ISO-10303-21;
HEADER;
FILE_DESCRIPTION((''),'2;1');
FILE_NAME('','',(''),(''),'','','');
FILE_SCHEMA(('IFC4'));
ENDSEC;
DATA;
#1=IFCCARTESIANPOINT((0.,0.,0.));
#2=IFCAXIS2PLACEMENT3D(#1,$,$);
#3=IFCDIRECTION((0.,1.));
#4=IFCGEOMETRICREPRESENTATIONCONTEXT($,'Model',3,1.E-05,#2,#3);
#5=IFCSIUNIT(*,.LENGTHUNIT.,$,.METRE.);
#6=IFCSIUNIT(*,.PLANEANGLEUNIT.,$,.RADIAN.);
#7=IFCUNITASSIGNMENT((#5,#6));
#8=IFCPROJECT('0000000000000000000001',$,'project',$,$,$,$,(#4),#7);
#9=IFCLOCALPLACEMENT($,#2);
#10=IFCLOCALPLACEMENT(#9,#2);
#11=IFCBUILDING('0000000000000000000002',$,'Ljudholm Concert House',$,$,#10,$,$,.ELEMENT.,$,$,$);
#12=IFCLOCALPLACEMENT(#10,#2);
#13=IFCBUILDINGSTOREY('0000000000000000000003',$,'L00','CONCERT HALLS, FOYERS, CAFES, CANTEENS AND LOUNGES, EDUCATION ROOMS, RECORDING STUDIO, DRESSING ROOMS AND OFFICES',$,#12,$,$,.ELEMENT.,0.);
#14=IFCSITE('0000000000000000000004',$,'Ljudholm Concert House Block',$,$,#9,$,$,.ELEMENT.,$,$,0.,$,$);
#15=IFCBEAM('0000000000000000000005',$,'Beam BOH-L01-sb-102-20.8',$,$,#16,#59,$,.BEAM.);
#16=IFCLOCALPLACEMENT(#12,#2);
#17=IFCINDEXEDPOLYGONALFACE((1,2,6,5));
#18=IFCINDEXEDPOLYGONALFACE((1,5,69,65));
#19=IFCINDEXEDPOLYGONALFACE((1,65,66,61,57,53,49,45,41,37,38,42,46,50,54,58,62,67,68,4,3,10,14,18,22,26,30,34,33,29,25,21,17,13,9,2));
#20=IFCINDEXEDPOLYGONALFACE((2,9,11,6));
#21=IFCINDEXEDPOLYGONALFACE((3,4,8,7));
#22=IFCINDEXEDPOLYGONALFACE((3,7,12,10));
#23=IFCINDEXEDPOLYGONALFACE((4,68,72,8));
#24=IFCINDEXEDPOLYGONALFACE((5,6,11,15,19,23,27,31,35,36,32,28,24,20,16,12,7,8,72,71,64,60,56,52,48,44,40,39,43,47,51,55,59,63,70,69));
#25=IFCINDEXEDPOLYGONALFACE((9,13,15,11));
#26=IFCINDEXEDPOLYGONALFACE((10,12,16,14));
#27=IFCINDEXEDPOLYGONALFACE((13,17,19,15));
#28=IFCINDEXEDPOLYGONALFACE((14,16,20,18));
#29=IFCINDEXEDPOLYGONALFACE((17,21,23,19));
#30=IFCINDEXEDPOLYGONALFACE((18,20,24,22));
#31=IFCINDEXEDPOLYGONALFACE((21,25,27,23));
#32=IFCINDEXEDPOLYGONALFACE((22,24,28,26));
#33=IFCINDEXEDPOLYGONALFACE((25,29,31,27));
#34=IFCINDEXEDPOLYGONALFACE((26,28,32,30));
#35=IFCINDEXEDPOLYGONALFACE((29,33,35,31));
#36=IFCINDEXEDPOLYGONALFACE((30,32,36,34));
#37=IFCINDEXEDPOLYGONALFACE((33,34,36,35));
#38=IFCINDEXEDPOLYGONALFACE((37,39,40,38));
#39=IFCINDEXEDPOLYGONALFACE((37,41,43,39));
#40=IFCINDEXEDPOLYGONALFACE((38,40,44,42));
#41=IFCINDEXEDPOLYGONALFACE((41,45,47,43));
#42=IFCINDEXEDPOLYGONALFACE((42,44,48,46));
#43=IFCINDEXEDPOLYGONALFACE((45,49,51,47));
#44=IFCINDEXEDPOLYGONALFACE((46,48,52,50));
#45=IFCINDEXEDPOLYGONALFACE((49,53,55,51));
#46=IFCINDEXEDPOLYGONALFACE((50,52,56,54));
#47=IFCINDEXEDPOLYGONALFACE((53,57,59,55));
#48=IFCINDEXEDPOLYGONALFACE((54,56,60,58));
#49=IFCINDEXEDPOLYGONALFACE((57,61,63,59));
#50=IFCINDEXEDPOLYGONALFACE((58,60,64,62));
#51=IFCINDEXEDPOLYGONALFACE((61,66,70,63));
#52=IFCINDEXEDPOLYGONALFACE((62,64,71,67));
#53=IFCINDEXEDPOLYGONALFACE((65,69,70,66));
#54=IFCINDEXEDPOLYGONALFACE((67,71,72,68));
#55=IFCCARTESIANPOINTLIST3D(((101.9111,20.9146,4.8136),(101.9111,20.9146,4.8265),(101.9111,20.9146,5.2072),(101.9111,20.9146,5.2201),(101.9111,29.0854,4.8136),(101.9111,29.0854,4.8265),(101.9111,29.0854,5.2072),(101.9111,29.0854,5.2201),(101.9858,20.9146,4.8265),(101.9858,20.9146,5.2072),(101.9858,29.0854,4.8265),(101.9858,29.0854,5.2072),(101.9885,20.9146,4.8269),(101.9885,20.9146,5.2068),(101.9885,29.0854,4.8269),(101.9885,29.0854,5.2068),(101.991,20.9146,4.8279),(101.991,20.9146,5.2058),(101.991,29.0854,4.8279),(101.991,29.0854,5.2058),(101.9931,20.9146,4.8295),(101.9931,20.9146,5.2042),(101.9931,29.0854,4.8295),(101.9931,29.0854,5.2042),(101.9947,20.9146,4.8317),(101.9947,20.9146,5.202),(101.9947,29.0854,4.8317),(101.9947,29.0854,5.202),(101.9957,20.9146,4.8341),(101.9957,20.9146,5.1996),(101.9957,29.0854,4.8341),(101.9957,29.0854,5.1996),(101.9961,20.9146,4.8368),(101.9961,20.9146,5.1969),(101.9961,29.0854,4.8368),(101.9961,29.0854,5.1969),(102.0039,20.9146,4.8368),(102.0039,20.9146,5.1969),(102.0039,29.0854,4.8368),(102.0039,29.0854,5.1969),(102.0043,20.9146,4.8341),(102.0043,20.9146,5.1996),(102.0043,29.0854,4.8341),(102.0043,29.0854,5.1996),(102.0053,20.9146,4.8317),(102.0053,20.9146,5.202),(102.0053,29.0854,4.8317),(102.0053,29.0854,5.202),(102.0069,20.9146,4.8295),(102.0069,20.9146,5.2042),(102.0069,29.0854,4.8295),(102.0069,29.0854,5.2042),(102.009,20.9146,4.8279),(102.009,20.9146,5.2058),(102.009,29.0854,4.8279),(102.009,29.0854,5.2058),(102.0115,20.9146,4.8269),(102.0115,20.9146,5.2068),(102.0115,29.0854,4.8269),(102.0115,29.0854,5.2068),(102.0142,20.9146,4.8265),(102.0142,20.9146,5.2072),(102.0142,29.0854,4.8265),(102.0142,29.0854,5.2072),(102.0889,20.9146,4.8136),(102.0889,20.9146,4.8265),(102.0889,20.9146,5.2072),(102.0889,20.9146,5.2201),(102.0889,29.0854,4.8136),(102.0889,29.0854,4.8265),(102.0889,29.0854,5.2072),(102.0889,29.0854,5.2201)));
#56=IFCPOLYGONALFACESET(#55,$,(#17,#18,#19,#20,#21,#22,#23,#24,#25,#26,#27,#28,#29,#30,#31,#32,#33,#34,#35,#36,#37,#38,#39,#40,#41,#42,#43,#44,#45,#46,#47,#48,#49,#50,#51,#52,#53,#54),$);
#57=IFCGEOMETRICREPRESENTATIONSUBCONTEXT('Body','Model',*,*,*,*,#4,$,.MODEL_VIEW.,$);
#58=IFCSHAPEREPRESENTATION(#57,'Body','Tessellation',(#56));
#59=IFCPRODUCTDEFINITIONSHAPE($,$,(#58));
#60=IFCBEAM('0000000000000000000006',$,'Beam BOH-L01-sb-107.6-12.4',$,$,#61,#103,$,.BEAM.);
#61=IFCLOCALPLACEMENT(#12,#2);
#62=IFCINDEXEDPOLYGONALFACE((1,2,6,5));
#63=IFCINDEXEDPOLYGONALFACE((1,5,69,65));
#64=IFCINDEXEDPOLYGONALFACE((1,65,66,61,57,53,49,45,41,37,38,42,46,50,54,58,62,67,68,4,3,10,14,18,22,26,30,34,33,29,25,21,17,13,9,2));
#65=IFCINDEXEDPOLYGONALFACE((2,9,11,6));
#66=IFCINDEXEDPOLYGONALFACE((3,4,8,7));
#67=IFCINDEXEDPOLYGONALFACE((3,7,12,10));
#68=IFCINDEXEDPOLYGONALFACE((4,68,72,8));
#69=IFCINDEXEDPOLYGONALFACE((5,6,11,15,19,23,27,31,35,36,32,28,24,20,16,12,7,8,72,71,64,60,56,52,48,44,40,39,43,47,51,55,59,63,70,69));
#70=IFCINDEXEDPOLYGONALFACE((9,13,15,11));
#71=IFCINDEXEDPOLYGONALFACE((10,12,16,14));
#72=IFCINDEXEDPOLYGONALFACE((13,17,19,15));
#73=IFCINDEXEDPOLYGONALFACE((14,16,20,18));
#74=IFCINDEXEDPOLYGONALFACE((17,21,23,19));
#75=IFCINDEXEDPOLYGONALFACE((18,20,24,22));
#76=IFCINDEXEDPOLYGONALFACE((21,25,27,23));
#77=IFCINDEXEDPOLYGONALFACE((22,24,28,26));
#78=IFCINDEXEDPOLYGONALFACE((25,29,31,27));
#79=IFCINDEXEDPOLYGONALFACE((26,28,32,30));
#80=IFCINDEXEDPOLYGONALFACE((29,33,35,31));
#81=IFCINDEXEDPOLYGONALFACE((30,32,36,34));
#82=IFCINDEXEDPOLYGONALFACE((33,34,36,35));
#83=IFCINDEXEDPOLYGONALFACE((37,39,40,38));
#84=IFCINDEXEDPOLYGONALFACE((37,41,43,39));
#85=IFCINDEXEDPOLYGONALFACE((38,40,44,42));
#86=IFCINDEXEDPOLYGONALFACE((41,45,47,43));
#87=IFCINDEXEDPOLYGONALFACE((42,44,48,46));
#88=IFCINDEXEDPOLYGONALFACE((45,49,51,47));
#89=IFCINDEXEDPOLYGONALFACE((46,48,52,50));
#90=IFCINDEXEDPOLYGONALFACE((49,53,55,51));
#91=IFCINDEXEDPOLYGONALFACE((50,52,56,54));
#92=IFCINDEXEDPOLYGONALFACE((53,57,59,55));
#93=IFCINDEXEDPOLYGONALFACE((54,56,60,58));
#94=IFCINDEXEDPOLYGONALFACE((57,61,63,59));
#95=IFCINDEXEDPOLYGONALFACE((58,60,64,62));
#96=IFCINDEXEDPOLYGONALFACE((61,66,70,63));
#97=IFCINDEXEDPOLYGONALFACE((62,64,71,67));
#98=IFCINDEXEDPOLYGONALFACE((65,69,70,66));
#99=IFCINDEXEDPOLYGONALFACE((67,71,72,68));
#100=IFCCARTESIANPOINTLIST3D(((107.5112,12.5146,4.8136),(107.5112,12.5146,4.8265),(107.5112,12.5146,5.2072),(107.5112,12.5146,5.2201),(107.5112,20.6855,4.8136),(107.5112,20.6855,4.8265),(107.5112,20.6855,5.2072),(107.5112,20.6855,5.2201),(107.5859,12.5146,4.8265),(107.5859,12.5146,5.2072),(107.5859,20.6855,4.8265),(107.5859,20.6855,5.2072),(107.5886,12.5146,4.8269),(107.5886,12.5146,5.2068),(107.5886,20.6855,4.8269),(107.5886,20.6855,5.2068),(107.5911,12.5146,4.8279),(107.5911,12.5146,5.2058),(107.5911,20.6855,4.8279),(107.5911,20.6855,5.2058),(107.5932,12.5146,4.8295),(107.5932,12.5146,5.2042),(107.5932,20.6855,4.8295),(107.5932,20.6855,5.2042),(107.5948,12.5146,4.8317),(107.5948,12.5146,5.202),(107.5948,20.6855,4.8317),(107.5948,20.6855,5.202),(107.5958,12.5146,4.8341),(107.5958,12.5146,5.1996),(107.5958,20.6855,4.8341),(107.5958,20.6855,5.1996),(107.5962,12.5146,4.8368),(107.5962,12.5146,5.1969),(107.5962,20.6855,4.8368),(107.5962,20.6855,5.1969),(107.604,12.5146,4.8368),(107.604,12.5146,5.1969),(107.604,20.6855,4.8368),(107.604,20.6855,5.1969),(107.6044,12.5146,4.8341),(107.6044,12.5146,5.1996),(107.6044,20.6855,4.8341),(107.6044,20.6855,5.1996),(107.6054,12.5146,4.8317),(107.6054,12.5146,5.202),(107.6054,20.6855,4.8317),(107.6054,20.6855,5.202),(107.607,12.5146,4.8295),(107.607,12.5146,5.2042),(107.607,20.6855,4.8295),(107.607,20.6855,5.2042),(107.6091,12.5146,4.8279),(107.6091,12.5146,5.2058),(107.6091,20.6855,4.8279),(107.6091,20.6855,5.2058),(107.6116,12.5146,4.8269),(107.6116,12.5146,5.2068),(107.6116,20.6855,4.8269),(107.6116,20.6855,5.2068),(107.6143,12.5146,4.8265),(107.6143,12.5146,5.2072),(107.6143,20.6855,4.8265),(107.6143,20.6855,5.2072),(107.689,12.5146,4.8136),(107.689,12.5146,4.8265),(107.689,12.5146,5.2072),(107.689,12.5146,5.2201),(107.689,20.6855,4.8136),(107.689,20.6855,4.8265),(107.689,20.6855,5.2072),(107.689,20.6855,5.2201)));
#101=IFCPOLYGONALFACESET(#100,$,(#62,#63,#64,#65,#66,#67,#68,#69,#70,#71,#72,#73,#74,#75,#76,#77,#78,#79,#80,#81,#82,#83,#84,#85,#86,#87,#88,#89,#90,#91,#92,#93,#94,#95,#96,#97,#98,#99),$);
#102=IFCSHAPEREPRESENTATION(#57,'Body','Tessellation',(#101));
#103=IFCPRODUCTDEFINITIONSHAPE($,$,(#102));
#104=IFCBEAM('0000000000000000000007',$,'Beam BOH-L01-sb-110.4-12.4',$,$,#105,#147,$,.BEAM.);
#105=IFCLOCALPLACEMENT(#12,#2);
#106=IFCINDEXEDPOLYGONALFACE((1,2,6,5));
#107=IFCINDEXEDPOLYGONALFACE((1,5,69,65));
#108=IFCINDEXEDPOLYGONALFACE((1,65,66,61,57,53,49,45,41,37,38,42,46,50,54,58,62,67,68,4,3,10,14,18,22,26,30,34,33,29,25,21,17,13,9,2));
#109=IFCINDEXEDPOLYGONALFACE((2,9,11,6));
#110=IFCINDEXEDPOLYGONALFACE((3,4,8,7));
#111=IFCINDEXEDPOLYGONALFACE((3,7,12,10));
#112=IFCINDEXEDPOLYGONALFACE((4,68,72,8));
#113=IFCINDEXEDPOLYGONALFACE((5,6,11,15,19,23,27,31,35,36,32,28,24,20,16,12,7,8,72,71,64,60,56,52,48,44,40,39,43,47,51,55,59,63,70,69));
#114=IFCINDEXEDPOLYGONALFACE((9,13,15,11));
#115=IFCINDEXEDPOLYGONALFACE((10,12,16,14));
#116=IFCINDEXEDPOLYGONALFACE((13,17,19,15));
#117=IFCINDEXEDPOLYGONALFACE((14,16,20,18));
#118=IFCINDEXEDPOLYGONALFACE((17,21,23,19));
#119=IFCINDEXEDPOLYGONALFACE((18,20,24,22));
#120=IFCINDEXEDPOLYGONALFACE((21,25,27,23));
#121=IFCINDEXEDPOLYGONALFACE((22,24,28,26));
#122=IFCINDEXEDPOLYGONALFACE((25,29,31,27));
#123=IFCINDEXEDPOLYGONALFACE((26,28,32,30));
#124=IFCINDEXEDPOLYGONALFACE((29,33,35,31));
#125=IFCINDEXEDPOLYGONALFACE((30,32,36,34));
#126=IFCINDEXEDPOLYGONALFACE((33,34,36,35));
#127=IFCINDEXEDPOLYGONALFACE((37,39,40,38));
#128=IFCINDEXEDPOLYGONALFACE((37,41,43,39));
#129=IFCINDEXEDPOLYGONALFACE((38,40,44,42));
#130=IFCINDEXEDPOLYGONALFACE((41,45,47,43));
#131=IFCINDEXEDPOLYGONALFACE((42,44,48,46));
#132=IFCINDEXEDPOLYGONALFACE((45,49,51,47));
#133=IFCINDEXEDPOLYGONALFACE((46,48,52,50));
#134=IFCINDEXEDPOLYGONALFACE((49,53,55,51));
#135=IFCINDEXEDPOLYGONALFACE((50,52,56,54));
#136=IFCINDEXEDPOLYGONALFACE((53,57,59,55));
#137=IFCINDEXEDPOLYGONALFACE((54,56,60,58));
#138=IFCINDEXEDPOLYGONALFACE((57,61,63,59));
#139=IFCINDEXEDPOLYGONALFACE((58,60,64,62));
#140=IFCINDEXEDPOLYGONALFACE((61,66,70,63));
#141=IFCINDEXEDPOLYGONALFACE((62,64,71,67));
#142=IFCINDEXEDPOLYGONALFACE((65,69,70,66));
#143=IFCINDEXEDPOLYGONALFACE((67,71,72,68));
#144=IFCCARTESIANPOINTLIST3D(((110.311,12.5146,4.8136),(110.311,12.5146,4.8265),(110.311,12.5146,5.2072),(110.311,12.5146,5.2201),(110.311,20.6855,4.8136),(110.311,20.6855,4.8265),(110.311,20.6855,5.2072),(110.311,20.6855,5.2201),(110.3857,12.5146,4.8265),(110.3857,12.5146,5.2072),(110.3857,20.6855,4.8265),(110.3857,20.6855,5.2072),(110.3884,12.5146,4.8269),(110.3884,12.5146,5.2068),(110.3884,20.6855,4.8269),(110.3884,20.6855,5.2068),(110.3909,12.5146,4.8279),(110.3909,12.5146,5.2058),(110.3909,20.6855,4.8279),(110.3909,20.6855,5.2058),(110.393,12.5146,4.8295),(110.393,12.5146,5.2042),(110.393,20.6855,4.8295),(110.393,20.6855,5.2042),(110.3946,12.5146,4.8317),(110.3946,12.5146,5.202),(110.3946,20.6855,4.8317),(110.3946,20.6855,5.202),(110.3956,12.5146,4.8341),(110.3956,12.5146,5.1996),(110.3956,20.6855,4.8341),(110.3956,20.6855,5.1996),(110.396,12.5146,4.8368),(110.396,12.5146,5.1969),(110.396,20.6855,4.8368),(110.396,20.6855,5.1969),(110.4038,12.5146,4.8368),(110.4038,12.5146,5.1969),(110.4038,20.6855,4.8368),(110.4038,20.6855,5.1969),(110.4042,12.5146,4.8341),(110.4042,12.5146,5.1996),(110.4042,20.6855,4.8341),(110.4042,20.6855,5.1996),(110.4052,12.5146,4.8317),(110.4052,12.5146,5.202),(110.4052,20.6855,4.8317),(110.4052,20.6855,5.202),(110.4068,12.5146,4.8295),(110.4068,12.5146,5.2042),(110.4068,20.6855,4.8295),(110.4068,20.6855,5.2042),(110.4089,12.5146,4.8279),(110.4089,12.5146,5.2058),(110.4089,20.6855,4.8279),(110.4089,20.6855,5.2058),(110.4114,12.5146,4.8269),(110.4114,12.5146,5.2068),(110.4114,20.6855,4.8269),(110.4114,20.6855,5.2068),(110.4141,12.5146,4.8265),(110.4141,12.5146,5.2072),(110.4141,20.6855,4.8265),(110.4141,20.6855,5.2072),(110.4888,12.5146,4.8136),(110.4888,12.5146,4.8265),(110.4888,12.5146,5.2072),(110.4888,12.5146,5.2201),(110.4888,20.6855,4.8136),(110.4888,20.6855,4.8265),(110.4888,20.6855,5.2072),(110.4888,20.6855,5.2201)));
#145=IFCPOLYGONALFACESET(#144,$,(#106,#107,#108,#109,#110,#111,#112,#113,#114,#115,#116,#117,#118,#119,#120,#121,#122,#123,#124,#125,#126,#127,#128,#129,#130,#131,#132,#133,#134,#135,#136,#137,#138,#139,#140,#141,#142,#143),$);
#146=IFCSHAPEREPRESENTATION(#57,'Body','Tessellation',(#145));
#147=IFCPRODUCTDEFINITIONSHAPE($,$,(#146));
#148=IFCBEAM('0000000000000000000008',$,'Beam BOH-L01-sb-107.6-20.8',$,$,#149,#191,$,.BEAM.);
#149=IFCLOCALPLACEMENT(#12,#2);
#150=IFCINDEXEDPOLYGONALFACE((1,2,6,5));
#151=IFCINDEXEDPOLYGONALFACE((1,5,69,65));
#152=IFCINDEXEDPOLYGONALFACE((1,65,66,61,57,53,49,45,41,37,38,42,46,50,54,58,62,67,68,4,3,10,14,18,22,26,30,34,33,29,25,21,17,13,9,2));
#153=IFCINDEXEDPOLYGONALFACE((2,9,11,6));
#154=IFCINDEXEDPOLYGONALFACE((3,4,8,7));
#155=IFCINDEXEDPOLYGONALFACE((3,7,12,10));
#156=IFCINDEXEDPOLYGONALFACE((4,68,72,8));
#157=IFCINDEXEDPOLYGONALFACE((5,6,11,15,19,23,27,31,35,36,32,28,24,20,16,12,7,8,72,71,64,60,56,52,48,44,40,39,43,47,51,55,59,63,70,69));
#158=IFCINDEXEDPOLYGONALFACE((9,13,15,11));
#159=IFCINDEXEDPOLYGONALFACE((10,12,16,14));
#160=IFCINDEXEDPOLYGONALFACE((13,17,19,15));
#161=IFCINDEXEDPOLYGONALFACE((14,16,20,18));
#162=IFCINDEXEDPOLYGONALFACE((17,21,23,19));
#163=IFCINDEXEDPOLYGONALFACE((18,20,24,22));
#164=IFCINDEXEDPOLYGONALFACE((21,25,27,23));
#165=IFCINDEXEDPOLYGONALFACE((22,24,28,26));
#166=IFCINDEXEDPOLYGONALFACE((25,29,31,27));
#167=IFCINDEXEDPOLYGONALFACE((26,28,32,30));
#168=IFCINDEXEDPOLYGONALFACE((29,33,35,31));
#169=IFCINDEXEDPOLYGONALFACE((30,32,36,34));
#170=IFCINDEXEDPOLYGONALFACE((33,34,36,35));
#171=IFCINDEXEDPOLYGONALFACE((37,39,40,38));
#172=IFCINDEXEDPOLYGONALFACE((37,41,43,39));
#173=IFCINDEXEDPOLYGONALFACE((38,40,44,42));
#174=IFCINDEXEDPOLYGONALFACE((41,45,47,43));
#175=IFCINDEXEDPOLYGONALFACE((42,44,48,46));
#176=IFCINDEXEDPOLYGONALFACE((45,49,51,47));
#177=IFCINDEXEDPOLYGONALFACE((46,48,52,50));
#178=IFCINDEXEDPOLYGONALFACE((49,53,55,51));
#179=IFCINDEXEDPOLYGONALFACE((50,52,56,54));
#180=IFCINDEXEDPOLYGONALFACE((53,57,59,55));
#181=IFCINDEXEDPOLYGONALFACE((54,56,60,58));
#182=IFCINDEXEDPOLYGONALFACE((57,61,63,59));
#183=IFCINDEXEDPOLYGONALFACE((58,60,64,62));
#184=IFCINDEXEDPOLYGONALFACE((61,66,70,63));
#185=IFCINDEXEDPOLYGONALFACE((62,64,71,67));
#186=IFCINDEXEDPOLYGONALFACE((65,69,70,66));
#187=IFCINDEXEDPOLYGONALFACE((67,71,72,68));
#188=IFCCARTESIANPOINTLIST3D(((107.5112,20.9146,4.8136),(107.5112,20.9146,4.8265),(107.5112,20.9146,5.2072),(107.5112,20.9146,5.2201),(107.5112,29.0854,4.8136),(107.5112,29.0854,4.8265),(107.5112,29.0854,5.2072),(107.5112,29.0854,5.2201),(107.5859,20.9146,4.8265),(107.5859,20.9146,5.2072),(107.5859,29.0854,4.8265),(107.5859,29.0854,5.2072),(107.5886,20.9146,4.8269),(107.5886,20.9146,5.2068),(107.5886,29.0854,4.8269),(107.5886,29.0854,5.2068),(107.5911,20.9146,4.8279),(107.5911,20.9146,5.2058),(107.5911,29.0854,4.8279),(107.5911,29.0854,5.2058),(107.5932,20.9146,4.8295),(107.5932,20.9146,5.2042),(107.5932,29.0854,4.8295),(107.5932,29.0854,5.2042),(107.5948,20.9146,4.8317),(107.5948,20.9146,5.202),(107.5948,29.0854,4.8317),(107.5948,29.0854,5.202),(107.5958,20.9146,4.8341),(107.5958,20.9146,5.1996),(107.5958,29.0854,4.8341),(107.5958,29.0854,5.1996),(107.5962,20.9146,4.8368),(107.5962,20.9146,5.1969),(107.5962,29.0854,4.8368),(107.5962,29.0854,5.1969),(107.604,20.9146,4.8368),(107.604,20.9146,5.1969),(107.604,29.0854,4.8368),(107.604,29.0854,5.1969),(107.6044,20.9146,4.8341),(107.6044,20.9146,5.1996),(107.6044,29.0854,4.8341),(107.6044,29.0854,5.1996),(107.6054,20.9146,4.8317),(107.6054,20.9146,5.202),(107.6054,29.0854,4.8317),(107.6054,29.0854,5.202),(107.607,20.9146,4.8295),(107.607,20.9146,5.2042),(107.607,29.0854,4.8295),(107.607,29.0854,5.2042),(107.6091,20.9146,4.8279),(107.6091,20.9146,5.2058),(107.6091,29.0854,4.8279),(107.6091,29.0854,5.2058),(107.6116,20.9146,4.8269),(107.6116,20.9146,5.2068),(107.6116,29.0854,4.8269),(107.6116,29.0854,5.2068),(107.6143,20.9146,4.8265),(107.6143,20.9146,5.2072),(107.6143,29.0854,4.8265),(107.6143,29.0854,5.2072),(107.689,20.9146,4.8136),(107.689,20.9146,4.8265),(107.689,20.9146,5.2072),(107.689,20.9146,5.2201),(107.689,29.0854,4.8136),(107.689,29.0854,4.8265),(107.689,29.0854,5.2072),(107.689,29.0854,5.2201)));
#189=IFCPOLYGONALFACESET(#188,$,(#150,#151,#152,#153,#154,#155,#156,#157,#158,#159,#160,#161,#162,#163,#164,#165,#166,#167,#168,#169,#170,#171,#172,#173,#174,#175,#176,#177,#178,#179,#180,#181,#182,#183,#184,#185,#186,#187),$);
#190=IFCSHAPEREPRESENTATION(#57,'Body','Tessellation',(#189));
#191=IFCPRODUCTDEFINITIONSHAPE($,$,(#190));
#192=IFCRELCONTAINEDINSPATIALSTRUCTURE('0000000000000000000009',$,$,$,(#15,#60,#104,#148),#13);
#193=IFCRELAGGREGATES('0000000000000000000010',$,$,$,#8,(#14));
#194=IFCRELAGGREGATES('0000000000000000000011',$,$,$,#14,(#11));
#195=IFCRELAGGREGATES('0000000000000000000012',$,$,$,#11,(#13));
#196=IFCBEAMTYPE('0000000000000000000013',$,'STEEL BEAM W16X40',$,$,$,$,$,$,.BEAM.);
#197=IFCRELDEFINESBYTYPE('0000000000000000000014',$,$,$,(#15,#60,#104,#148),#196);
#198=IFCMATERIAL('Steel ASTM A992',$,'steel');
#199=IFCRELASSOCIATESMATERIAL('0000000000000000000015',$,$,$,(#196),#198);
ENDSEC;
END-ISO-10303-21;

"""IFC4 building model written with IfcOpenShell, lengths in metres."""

from ifc_helpers import new_model, si_unit, direction, frame, origin, origin_2d, place, context, subcontext, project, spatial, i_section, extrude, material, material_profile, profile_set, type_object, element, save


model = new_model("IFC4")

# Units and contexts
model_context = context("Model", 3, precision=1e-05, world=origin(), true_north=direction((0.0, 1.0)))
body_context = subcontext(model_context, "Body", "Model", "MODEL_VIEW")
ifc_project = project(units=[si_unit("LENGTHUNIT", "METRE"), si_unit("PLANEANGLEUNIT", "RADIAN")], contexts=[model_context])

# Site, building, storey
site_placement = place(None, origin())
site = spatial("IfcSite", under=ifc_project, at=site_placement, Name="Ljudholm Concert House Block", CompositionType="ELEMENT", RefElevation=0.0)
building_placement = place(site_placement, origin())
building = spatial("IfcBuilding", under=site, at=building_placement, Name="Ljudholm Concert House", CompositionType="ELEMENT")
storey_placement = place(building_placement, origin())
storey = spatial("IfcBuildingStorey", under=building, at=storey_placement, Name="L00", Description="CONCERT HALLS, FOYERS, CAFES, CANTEENS AND LOUNGES, EDUCATION ROOMS, RECORDING STUDIO, DRESSING ROOMS AND OFFICES", CompositionType="ELEMENT", Elevation=0.0)

# Beams
ifc_material_1 = material(Name="Steel ASTM A992", Category="steel")
ifc_material_profile_1 = material_profile(ifc_material_1, i_section(OverallWidth=0.1777, OverallDepth=0.4065, WebThickness=0.0078, FlangeThickness=0.0129, FilletRadius=0.0103, at=origin_2d()), Name="W16X40")
ifc_profile_set_1 = profile_set([ifc_material_profile_1], Name="Steel ASTM A992")
beam_type_1 = type_object("IfcBeamType", Name="STEEL BEAM W16X40", PredefinedType="BEAM", material=ifc_profile_set_1)
for number, where, z_axis, x_axis, name in (
    (1, (102.0, 20.9146, 5.0168), (0.0, 1.0, 0.0), (-1.0, 0.0, 0.0), "Beam BOH-L01-sb-102-20.8"),
    (2, (107.6001, 12.5146, 5.0168), (0.0, 1.0, 0.0), (-1.0, 0.0, 0.0), "Beam BOH-L01-sb-107.6-12.4"),
    (3, (110.3999, 12.5146, 5.0168), (0.0, 1.0, 0.0), (-1.0, 0.0, 0.0), "Beam BOH-L01-sb-110.4-12.4"),
    (4, (107.6001, 20.9146, 5.0168), (0.0, 1.0, 0.0), (-1.0, 0.0, 0.0), "Beam BOH-L01-sb-107.6-20.8"),
):
    element("IfcBeam", number, at=place(storey_placement, frame(where, z_axis=z_axis, x_axis=x_axis)), inside=storey, type_object=beam_type_1, Name=name, PredefinedType="BEAM", context=body_context, shape_type="SweptSolid", body=[
        extrude(i_section(OverallWidth=0.1777, OverallDepth=0.4065, WebThickness=0.0078, FlangeThickness=0.0129, FilletRadius=0.0103, at=origin_2d()), origin(), (0.0, 0.0, 1.0), 8.1709),
    ])

save(model, "model.ifc")
